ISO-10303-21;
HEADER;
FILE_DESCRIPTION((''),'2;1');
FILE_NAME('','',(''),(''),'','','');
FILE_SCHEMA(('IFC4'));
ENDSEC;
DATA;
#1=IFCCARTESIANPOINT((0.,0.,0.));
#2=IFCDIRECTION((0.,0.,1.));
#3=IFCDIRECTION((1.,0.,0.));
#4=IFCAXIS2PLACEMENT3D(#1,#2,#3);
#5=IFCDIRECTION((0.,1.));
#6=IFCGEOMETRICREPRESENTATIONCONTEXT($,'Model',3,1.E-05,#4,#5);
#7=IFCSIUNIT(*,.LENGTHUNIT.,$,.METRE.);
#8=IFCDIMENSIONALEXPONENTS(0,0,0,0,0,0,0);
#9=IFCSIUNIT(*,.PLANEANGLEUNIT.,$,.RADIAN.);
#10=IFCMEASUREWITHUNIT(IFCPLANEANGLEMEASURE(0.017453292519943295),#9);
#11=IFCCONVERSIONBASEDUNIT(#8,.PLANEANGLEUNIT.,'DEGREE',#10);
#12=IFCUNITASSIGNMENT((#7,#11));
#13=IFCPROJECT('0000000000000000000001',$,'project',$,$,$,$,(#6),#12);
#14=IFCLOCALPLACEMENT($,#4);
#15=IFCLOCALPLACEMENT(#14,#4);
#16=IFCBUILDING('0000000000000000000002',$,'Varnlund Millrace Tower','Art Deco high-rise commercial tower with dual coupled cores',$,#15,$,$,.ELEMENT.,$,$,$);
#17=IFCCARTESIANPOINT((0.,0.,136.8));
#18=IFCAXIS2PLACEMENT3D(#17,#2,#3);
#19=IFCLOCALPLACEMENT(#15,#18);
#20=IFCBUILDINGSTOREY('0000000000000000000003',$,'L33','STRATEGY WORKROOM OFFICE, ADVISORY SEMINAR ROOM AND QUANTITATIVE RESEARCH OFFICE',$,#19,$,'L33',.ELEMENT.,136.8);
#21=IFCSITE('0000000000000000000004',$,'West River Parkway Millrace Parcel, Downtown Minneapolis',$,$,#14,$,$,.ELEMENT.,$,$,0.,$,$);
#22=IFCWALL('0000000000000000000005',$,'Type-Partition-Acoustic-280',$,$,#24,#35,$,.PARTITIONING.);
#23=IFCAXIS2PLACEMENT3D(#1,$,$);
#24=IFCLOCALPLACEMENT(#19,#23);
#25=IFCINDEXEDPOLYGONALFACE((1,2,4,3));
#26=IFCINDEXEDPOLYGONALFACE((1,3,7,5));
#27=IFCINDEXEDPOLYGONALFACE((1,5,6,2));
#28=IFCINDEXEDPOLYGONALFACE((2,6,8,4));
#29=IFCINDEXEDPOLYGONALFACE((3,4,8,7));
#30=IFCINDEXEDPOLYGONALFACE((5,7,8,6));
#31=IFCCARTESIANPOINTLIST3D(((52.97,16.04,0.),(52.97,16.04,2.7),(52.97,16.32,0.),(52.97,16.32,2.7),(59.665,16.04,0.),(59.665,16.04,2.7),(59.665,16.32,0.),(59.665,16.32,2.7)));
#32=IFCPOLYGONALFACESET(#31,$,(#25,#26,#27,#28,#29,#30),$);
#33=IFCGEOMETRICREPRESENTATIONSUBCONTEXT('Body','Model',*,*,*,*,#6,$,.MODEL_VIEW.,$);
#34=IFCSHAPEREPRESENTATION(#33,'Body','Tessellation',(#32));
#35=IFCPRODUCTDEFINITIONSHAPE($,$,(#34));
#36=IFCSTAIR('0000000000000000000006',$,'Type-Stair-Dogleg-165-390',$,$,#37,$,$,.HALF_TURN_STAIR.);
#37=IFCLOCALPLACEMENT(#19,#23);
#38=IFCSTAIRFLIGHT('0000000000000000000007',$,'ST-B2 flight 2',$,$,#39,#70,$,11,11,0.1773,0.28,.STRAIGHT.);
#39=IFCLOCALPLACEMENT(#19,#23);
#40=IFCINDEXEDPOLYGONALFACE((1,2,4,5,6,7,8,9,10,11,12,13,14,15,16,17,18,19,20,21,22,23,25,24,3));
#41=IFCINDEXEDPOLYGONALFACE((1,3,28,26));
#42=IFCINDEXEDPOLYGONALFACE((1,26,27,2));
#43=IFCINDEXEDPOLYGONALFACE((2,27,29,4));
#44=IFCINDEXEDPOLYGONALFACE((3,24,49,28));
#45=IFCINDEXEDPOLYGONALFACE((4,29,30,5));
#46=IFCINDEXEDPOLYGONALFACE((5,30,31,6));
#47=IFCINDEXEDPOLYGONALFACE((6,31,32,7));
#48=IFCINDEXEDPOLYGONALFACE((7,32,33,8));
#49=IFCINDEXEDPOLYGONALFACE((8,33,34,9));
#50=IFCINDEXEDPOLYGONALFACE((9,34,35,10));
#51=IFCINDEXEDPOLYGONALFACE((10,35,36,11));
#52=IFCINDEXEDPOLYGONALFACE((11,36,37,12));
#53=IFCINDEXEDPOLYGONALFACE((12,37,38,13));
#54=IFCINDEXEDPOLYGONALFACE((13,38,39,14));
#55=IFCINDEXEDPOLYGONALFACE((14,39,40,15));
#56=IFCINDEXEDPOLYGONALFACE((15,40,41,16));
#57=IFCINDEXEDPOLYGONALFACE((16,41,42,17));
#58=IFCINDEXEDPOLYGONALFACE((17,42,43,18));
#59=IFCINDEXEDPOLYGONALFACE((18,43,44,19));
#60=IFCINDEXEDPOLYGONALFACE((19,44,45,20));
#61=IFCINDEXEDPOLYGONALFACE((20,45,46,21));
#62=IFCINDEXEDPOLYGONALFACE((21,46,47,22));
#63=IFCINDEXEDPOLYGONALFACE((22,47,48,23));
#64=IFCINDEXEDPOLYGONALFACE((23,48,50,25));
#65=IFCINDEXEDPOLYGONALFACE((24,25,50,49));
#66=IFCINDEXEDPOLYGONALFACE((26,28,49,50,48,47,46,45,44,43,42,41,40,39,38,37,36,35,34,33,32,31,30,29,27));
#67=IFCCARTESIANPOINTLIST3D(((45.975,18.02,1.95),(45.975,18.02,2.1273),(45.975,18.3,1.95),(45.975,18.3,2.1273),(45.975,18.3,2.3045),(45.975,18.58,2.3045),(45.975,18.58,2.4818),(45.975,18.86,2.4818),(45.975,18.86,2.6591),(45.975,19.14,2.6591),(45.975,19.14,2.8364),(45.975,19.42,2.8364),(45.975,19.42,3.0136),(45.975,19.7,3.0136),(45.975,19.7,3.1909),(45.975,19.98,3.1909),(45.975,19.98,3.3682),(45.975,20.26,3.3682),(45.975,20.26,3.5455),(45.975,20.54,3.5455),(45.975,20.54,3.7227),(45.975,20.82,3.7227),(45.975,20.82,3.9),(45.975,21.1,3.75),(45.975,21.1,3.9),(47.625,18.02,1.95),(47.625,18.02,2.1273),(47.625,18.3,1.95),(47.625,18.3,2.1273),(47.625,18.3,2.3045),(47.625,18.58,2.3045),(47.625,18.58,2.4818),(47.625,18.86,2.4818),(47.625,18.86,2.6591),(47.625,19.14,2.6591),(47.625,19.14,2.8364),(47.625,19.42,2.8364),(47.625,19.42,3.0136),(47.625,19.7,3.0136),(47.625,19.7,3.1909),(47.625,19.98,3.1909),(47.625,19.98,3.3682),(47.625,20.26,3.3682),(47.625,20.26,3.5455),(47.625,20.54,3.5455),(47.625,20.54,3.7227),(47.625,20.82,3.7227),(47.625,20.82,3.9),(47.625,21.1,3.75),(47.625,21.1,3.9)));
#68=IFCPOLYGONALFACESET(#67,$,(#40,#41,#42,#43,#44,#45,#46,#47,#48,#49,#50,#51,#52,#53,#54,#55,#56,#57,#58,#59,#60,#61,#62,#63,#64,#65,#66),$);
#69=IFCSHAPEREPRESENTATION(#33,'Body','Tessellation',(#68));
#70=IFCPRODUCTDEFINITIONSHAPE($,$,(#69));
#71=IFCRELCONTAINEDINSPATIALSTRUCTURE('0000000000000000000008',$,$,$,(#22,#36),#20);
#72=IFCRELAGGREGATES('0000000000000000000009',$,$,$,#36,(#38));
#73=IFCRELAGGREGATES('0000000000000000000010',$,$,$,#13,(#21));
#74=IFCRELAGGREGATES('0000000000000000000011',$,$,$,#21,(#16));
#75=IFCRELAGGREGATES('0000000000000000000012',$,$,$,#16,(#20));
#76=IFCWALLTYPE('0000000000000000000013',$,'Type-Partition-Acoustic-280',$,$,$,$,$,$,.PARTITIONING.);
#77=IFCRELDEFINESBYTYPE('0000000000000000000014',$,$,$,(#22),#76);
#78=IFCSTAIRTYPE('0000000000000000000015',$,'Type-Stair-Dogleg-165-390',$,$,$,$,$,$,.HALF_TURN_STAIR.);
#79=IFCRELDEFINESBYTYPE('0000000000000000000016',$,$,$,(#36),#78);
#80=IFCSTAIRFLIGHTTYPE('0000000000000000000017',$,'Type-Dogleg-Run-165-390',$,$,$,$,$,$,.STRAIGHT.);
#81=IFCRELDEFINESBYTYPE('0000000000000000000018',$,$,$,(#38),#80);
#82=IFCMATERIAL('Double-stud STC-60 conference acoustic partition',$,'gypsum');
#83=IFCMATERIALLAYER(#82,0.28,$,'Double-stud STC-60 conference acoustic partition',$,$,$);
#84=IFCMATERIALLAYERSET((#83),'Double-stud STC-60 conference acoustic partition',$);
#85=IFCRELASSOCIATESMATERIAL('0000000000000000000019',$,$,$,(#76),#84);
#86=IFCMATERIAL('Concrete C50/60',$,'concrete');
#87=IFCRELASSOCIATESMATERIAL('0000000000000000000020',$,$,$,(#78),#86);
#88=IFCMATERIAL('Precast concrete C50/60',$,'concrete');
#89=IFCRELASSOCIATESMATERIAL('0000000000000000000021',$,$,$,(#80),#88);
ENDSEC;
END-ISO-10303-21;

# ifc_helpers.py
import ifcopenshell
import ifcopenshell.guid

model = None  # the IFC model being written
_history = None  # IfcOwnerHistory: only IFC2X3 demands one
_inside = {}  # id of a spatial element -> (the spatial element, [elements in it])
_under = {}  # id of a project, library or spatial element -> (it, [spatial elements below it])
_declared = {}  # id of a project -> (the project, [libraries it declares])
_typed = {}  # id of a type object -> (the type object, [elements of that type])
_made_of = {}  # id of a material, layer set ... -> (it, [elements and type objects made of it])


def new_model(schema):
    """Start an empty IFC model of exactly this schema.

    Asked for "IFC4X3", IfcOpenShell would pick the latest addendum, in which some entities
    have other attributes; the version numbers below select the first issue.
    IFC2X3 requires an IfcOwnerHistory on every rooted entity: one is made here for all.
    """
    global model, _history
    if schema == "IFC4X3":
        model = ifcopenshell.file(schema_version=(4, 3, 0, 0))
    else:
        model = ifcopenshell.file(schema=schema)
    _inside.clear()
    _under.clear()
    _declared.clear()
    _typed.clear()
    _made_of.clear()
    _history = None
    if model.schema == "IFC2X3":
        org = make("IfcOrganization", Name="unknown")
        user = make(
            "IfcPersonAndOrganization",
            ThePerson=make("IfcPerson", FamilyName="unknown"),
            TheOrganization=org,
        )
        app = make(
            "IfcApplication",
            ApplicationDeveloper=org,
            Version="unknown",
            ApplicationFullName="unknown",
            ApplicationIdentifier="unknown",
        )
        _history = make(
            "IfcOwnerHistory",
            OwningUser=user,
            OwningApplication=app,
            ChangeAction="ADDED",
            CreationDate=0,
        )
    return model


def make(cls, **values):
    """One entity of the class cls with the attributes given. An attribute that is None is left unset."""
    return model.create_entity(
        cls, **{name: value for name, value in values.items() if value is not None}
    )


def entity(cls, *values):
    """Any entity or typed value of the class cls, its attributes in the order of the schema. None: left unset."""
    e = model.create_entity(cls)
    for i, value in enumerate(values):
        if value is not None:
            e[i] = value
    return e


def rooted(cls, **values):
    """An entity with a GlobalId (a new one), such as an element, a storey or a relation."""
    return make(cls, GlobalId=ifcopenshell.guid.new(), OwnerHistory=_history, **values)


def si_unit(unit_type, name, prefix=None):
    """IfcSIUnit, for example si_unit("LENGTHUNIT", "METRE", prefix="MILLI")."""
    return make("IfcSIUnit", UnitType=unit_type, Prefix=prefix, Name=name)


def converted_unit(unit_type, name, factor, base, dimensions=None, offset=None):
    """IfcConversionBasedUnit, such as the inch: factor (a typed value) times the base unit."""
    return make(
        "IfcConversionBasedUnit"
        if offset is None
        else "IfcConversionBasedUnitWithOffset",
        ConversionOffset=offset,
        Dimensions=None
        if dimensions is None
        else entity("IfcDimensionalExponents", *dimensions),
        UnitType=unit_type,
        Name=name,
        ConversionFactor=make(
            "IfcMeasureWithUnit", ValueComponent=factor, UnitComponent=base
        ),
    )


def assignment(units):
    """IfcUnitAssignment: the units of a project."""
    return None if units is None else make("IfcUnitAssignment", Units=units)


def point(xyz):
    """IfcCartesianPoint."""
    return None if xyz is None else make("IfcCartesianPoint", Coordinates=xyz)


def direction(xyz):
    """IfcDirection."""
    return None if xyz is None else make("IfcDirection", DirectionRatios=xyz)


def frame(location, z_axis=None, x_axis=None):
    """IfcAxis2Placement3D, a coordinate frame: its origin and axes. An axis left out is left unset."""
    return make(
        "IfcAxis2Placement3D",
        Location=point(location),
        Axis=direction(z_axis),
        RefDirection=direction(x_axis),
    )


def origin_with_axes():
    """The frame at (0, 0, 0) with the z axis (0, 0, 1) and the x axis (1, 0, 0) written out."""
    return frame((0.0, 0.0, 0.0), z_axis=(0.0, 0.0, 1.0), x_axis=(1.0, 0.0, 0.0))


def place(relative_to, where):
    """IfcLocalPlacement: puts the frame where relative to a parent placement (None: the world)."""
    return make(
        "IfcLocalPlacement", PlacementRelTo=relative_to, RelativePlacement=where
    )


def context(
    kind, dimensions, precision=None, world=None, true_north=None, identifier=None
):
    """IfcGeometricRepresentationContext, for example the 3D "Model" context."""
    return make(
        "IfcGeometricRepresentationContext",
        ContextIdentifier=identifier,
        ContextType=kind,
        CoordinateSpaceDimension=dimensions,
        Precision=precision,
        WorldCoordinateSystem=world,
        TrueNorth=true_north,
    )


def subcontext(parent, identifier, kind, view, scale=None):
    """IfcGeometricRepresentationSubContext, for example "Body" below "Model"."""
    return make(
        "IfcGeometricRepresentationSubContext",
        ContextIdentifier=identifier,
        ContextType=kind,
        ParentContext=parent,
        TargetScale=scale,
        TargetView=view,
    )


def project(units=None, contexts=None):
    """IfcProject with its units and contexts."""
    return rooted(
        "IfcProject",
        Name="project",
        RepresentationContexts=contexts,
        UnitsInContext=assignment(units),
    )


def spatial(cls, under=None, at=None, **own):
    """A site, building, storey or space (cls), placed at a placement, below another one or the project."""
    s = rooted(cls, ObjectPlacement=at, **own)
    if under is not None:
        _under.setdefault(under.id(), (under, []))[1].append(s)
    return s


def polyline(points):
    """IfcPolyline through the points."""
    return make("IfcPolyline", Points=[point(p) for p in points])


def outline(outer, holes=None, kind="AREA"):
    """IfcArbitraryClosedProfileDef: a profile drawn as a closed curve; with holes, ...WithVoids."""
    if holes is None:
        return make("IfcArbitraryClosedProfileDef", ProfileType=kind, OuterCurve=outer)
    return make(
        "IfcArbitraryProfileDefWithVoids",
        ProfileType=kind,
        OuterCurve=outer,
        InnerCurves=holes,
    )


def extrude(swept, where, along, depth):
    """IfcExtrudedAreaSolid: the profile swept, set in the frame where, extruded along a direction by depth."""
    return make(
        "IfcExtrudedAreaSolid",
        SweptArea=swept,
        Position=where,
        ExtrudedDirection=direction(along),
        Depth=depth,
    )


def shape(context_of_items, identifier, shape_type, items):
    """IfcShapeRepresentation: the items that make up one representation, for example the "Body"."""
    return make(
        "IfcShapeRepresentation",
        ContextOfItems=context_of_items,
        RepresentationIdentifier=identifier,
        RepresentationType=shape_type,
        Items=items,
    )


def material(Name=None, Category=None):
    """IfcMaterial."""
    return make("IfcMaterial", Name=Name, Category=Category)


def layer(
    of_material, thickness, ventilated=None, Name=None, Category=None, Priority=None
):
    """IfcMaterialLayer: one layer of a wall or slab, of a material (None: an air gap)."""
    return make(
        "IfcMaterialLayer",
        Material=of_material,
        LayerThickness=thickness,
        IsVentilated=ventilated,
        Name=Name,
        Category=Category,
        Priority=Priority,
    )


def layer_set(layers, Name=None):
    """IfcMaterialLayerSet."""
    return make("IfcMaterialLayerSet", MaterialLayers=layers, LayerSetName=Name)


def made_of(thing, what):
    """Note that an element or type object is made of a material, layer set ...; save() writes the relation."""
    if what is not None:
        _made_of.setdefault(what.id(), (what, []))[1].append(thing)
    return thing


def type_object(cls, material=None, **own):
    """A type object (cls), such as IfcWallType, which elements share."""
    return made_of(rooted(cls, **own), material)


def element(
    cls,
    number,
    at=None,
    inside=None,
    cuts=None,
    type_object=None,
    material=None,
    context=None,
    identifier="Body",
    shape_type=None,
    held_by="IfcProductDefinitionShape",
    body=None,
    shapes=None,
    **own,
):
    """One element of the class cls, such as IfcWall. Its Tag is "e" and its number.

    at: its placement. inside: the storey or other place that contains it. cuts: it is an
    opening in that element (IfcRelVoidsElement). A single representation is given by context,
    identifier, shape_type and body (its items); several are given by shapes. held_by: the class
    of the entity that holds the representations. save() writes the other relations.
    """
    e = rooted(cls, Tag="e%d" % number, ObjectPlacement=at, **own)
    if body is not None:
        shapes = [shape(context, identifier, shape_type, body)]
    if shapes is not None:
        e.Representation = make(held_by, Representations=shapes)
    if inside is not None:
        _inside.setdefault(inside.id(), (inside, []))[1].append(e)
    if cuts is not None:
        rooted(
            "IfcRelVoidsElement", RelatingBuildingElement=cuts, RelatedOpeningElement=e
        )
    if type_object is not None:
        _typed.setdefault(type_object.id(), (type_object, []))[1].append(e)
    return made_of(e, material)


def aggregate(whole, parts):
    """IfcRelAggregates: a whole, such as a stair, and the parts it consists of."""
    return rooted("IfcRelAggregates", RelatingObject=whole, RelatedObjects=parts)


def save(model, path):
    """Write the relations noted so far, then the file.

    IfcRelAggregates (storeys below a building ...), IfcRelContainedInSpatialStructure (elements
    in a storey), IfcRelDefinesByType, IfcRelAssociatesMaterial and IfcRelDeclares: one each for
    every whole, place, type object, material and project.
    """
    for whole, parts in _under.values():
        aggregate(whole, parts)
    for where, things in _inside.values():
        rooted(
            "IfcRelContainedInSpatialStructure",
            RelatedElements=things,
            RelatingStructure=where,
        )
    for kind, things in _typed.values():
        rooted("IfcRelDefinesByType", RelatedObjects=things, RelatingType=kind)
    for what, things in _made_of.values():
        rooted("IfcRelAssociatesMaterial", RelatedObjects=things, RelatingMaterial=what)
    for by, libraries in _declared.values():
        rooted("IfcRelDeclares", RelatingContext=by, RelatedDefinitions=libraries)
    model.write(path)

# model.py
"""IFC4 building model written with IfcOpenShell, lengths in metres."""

from ifc_helpers import new_model, entity, si_unit, converted_unit, direction, frame, origin_with_axes, place, context, subcontext, project, spatial, polyline, outline, extrude, material, layer, layer_set, type_object, element, aggregate, save


model = new_model("IFC4")

# Units and contexts
model_context = context("Model", 3, precision=1e-05, world=origin_with_axes(), true_north=direction((0.0, 1.0)))
body_context = subcontext(model_context, "Body", "Model", "MODEL_VIEW")
ifc_project = project(units=[si_unit("LENGTHUNIT", "METRE"), converted_unit("PLANEANGLEUNIT", "DEGREE", entity("IfcPlaneAngleMeasure", 0.017453292519943295), si_unit("PLANEANGLEUNIT", "RADIAN"), dimensions=[0, 0, 0, 0, 0, 0, 0])], contexts=[model_context])

# Site, building, storey
site_placement = place(None, origin_with_axes())
site = spatial("IfcSite", under=ifc_project, at=site_placement, Name="West River Parkway Millrace Parcel, Downtown Minneapolis", CompositionType="ELEMENT", RefElevation=0.0)
building_placement = place(site_placement, origin_with_axes())
building = spatial("IfcBuilding", under=site, at=building_placement, Name="Varnlund Millrace Tower", Description="Art Deco high-rise commercial tower with dual coupled cores", CompositionType="ELEMENT")
storey_placement = place(building_placement, frame((0.0, 0.0, 136.8), z_axis=(0.0, 0.0, 1.0), x_axis=(1.0, 0.0, 0.0)))
storey = spatial("IfcBuildingStorey", under=building, at=storey_placement, Name="L33", Description="STRATEGY WORKROOM OFFICE, ADVISORY SEMINAR ROOM AND QUANTITATIVE RESEARCH OFFICE", LongName="L33", CompositionType="ELEMENT", Elevation=136.8)

# Shared definitions
ifc_material_1 = material(Name="Precast concrete C50/60", Category="concrete")

# Wall
ifc_material_2 = material(Name="Double-stud STC-60 conference acoustic partition", Category="gypsum")
ifc_layer_1 = layer(ifc_material_2, 0.28, Name="Double-stud STC-60 conference acoustic partition")
ifc_layer_set_1 = layer_set([ifc_layer_1], Name="Double-stud STC-60 conference acoustic partition")
wall_type_1 = type_object("IfcWallType", Name="Type-Partition-Acoustic-280", PredefinedType="PARTITIONING", material=ifc_layer_set_1)
wall_1_placement = place(storey_placement, frame((52.97, 16.18, 0.0), z_axis=(0.0, 0.0, 1.0), x_axis=(1.0, 0.0, 0.0)))
element("IfcWall", 1, at=wall_1_placement, inside=storey, type_object=wall_type_1, Name="Type-Partition-Acoustic-280", PredefinedType="PARTITIONING", context=body_context, shape_type="SweptSolid", body=[
    extrude(outline(polyline([(0.0, -0.14), (6.695, -0.14), (6.695, 0.14), (0.0, 0.14), (0.0, -0.14)])), origin_with_axes(), (0.0, 0.0, 1.0), 2.7),
])

# Stair, stair flight
ifc_material_3 = material(Name="Concrete C50/60", Category="concrete")
stair_type = type_object("IfcStairType", Name="Type-Stair-Dogleg-165-390", PredefinedType="HALF_TURN_STAIR", material=ifc_material_3)
stair_placement = place(storey_placement, origin_with_axes())
stair = element("IfcStair", 2, at=stair_placement, inside=storey, type_object=stair_type, Name="Type-Stair-Dogleg-165-390", PredefinedType="HALF_TURN_STAIR")
stair_flight_type = type_object("IfcStairFlightType", Name="Type-Dogleg-Run-165-390", PredefinedType="STRAIGHT", material=ifc_material_1)
stair_flight_placement = place(storey_placement, frame((45.975, 18.02, 1.95), z_axis=(1.0, 0.0, 0.0), x_axis=(0.0, 1.0, 0.0)))
stair_flight = element("IfcStairFlight", 3, at=stair_flight_placement, type_object=stair_flight_type, Name="ST-B2 flight 2", NumberOfRisers=11, NumberOfTreads=11, PredefinedType="STRAIGHT", RiserHeight=0.1773, TreadLength=0.28, context=body_context, shape_type="SweptSolid", body=[
    extrude(outline(polyline([(0.0, 0.0), (0.0, 0.1773), (0.28, 0.1773), (0.28, 0.3545), (0.56, 0.3545), (0.56, 0.5318), (0.84, 0.5318), (0.84, 0.7091), (1.12, 0.7091), (1.12, 0.8864), (1.4, 0.8864), (1.4, 1.0636), (1.68, 1.0636), (1.68, 1.2409), (1.96, 1.2409), (1.96, 1.4182), (2.24, 1.4182), (2.24, 1.5955), (2.52, 1.5955), (2.52, 1.7727), (2.8, 1.7727), (2.8, 1.95), (3.08, 1.95), (3.08, 1.8), (0.28, 0.0), (0.0, 0.0)])), origin_with_axes(), (0.0, 0.0, 1.0), 1.65),
])
aggregate(stair, [stair_flight])

save(model, "model.ifc")
